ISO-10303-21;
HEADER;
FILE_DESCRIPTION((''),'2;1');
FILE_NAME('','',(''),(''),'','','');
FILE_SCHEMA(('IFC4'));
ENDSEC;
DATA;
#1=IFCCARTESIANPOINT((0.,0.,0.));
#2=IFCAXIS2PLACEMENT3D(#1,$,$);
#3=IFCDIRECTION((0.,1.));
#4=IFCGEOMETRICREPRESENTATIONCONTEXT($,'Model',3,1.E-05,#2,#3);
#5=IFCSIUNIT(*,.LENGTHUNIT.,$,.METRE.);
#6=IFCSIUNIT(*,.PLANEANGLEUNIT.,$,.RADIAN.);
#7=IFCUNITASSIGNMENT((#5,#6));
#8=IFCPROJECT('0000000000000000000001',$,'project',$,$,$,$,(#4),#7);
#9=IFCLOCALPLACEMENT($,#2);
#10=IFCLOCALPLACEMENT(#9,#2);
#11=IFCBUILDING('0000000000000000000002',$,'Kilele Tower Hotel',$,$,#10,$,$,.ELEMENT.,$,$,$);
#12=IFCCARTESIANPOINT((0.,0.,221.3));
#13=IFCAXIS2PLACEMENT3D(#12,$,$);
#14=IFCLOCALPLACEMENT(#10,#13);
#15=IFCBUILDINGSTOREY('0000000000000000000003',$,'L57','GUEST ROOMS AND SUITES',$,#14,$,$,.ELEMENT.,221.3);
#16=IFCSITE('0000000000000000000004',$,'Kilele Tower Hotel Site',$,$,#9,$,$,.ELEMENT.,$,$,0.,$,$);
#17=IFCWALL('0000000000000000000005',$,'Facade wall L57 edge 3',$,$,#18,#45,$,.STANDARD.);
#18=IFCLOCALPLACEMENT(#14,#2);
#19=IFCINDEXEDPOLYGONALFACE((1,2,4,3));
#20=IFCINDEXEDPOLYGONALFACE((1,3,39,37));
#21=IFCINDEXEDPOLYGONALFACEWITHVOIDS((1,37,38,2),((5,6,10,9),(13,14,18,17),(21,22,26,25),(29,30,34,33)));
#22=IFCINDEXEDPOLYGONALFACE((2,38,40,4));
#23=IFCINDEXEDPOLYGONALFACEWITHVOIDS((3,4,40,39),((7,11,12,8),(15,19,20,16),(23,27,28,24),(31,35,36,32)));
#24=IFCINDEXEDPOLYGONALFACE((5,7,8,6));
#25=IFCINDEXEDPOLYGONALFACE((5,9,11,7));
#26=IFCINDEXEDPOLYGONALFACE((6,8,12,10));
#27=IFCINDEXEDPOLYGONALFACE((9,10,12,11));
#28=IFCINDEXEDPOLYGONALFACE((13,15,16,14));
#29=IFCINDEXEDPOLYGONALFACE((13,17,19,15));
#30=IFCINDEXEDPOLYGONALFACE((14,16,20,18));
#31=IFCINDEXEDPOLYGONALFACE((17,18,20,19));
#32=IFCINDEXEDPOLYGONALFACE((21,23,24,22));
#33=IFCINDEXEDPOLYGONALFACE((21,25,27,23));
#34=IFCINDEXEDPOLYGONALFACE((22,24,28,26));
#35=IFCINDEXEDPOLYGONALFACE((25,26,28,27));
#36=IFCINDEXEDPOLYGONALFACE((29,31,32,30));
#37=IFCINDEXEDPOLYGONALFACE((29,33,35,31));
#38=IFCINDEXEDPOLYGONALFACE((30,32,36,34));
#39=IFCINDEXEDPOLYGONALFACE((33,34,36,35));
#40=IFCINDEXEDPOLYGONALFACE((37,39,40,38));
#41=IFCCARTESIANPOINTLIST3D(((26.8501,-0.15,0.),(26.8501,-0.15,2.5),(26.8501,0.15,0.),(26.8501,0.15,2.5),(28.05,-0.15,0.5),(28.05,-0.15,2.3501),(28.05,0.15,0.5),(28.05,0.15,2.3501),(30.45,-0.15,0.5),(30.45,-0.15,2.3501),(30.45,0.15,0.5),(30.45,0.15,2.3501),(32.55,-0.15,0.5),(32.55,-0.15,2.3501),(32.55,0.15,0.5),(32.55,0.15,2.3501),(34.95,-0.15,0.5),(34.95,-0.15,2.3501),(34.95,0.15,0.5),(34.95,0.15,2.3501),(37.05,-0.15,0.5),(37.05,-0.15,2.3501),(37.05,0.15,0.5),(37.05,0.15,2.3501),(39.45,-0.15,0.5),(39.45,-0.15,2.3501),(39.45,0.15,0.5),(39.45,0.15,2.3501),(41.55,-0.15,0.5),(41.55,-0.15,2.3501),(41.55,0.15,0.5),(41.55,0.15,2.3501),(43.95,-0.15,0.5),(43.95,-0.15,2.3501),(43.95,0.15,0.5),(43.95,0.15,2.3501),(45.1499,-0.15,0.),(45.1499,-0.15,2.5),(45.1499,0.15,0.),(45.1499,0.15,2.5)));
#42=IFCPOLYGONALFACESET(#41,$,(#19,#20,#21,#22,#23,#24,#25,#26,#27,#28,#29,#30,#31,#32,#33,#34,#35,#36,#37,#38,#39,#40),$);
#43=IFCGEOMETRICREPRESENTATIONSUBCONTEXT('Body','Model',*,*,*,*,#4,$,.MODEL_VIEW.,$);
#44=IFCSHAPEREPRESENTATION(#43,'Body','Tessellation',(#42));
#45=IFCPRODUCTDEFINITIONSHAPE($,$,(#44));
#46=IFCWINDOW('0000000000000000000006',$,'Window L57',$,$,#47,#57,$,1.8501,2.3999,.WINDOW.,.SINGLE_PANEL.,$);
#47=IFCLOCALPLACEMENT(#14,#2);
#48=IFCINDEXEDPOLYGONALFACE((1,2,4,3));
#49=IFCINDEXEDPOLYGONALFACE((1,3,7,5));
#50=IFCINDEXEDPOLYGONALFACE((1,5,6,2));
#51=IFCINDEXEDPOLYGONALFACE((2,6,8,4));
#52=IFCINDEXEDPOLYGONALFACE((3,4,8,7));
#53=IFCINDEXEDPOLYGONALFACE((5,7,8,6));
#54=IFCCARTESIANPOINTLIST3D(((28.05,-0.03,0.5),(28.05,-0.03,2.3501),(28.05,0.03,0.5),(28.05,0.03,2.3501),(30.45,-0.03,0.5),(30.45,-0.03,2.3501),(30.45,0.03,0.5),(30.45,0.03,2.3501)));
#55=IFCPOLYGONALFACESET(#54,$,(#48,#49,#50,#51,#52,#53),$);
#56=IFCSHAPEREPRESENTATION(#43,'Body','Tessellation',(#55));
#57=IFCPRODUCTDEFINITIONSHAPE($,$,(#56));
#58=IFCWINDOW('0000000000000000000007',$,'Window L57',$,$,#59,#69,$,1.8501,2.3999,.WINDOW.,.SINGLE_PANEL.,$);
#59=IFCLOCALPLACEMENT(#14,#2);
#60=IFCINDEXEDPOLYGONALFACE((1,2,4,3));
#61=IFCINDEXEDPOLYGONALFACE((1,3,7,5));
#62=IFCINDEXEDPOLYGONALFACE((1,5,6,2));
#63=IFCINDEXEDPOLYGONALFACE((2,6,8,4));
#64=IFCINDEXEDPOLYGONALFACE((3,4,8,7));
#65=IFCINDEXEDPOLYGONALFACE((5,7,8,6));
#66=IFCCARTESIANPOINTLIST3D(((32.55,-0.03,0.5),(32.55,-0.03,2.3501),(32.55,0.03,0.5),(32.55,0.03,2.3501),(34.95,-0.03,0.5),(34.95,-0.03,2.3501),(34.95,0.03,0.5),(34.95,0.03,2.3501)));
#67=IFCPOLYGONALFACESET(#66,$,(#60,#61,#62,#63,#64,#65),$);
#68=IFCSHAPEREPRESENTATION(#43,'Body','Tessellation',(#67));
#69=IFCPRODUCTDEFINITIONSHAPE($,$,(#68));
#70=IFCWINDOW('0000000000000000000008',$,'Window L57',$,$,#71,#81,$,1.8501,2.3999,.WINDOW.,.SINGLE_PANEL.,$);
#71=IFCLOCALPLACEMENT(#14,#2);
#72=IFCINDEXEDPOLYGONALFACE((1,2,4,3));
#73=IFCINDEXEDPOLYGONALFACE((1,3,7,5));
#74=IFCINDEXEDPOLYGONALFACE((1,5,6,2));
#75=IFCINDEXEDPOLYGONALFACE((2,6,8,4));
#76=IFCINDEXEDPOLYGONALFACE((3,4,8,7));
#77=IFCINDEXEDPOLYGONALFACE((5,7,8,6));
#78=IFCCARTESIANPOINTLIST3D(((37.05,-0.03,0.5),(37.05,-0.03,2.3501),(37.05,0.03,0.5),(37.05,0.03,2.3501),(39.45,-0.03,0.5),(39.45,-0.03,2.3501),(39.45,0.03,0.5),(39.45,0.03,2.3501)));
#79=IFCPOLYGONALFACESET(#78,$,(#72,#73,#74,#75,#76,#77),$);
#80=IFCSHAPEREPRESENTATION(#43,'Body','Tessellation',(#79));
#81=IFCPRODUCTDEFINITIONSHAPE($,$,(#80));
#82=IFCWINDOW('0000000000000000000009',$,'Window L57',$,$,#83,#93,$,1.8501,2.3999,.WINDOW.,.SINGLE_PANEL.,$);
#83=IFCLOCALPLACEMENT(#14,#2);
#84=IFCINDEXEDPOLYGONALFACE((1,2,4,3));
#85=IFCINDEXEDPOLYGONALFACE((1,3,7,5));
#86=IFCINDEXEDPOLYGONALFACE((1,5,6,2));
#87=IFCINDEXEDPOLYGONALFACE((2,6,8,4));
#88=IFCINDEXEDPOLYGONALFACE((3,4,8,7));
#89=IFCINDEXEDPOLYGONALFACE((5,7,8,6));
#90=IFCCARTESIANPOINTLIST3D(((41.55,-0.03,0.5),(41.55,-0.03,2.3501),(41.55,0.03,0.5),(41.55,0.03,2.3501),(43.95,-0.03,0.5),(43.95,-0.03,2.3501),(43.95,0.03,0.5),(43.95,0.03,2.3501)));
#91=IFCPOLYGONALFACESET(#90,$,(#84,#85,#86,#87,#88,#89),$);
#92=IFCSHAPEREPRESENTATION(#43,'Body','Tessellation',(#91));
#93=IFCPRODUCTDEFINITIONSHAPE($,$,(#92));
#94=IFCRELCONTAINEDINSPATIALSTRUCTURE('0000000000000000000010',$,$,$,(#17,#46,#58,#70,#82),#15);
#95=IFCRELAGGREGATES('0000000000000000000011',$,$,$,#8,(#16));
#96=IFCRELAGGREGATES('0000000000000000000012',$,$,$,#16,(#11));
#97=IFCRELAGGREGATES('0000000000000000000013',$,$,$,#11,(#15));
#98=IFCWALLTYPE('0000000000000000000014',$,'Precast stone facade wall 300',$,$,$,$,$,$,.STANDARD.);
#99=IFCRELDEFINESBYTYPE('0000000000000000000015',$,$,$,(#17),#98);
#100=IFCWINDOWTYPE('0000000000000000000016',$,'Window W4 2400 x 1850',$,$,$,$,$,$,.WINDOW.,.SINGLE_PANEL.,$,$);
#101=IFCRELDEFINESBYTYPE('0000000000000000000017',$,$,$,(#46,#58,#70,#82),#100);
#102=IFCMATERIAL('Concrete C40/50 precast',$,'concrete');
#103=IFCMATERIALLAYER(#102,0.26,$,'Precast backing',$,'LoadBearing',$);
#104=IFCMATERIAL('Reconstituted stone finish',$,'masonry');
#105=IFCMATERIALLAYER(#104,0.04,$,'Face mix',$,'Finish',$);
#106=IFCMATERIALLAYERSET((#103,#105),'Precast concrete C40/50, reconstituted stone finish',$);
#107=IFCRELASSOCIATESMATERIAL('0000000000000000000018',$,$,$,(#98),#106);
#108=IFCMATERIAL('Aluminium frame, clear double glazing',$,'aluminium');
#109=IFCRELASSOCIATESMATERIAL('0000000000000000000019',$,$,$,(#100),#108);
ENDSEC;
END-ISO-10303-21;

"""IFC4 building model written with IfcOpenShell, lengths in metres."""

from ifc_helpers import new_model, si_unit, direction, frame, frame_2d, origin, place, context, subcontext, project, spatial, rectangle, extrude, material, layer, layer_set, type_object, element, fill, save


model = new_model("IFC4")

# Units and contexts
model_context = context("Model", 3, precision=1e-05, world=origin(), true_north=direction((0.0, 1.0)))
body_context = subcontext(model_context, "Body", "Model", "MODEL_VIEW")
ifc_project = project(units=[si_unit("LENGTHUNIT", "METRE"), si_unit("PLANEANGLEUNIT", "RADIAN")], contexts=[model_context])

# Site, building, storey
site_placement = place(None, origin())
site = spatial("IfcSite", under=ifc_project, at=site_placement, Name="Kilele Tower Hotel Site", CompositionType="ELEMENT", RefElevation=0.0)
building_placement = place(site_placement, origin())
building = spatial("IfcBuilding", under=site, at=building_placement, Name="Kilele Tower Hotel", CompositionType="ELEMENT")
storey_placement = place(building_placement, frame((0.0, 0.0, 221.3)))
storey = spatial("IfcBuildingStorey", under=building, at=storey_placement, Name="L57", Description="GUEST ROOMS AND SUITES", CompositionType="ELEMENT", Elevation=221.3)

# Wall, openings, windows
ifc_material_1 = material(Name="Concrete C40/50 precast", Category="concrete")
ifc_layer_1 = layer(ifc_material_1, 0.26, Name="Precast backing", Category="LoadBearing")
ifc_material_2 = material(Name="Reconstituted stone finish", Category="masonry")
ifc_layer_2 = layer(ifc_material_2, 0.04, Name="Face mix", Category="Finish")
ifc_layer_set_1 = layer_set([ifc_layer_1, ifc_layer_2], Name="Precast concrete C40/50, reconstituted stone finish")
wall_type_1 = type_object("IfcWallType", Name="Precast stone facade wall 300", PredefinedType="STANDARD", material=ifc_layer_set_1)
wall_1_placement = place(storey_placement, frame((26.8501, 0.0, 0.0), z_axis=(0.0, 0.0, 1.0), x_axis=(1.0, 0.0, 0.0)))
wall_1 = element("IfcWall", 1, at=wall_1_placement, inside=storey, type_object=wall_type_1, Name="Facade wall L57 edge 3", PredefinedType="STANDARD", context=body_context, shape_type="SweptSolid", body=[
    extrude(rectangle(XDim=18.2998, YDim=0.3, at=frame_2d((9.1499, 0.0))), origin(), (0.0, 0.0, 1.0), 2.5),
])
opening_1_placement = place(wall_1_placement, frame((1.2, 0.0, 0.5)))
opening_1 = element("IfcOpeningElement", 2, at=opening_1_placement, cuts=wall_1, PredefinedType="OPENING", context=body_context, shape_type="SweptSolid", body=[
    extrude(rectangle(XDim=2.3999, YDim=1.8501, at=frame_2d((1.2, 0.925))), frame((0.0, 0.1599, 0.0), z_axis=(0.0, -1.0, 0.0), x_axis=(1.0, 0.0, 0.0)), (0.0, 0.0, 1.0), 0.3201),
])
opening_2_placement = place(wall_1_placement, frame((5.7, 0.0, 0.5)))
opening_2 = element("IfcOpeningElement", 3, at=opening_2_placement, cuts=wall_1, PredefinedType="OPENING", context=body_context, shape_type="SweptSolid", body=[
    extrude(rectangle(XDim=2.3999, YDim=1.8501, at=frame_2d((1.2, 0.925))), frame((0.0, 0.1599, 0.0), z_axis=(0.0, -1.0, 0.0), x_axis=(1.0, 0.0, 0.0)), (0.0, 0.0, 1.0), 0.3201),
])
opening_3_placement = place(wall_1_placement, frame((10.2, 0.0, 0.5)))
opening_3 = element("IfcOpeningElement", 4, at=opening_3_placement, cuts=wall_1, PredefinedType="OPENING", context=body_context, shape_type="SweptSolid", body=[
    extrude(rectangle(XDim=2.3999, YDim=1.8501, at=frame_2d((1.2, 0.925))), frame((0.0, 0.1599, 0.0), z_axis=(0.0, -1.0, 0.0), x_axis=(1.0, 0.0, 0.0)), (0.0, 0.0, 1.0), 0.3201),
])
opening_4_placement = place(wall_1_placement, frame((14.7, 0.0, 0.5)))
opening_4 = element("IfcOpeningElement", 5, at=opening_4_placement, cuts=wall_1, PredefinedType="OPENING", context=body_context, shape_type="SweptSolid", body=[
    extrude(rectangle(XDim=2.3999, YDim=1.8501, at=frame_2d((1.2, 0.925))), frame((0.0, 0.1599, 0.0), z_axis=(0.0, -1.0, 0.0), x_axis=(1.0, 0.0, 0.0)), (0.0, 0.0, 1.0), 0.3201),
])
ifc_material_3 = material(Name="Aluminium frame, clear double glazing", Category="aluminium")
window_type = type_object("IfcWindowType", Name="Window W4 2400 x 1850", PartitioningType="SINGLE_PANEL", PredefinedType="WINDOW", material=ifc_material_3)
window_1_placement = place(opening_1_placement, origin())
window_1 = element("IfcWindow", 6, at=window_1_placement, inside=storey, type_object=window_type, Name="Window L57", OverallHeight=1.8501, OverallWidth=2.3999, PartitioningType="SINGLE_PANEL", PredefinedType="WINDOW", context=body_context, shape_type="SweptSolid", body=[
    extrude(rectangle(XDim=2.3999, YDim=1.8501, at=frame_2d((1.2, 0.925))), frame((0.0, 0.03, 0.0), z_axis=(0.0, -1.0, 0.0), x_axis=(1.0, 0.0, 0.0)), (0.0, 0.0, 1.0), 0.0601),
])
fill(opening_1, window_1)
window_2_placement = place(opening_2_placement, origin())
window_2 = element("IfcWindow", 7, at=window_2_placement, inside=storey, type_object=window_type, Name="Window L57", OverallHeight=1.8501, OverallWidth=2.3999, PartitioningType="SINGLE_PANEL", PredefinedType="WINDOW", context=body_context, shape_type="SweptSolid", body=[
    extrude(rectangle(XDim=2.3999, YDim=1.8501, at=frame_2d((1.2, 0.925))), frame((0.0, 0.03, 0.0), z_axis=(0.0, -1.0, 0.0), x_axis=(1.0, 0.0, 0.0)), (0.0, 0.0, 1.0), 0.0601),
])
fill(opening_2, window_2)
window_3_placement = place(opening_3_placement, origin())
window_3 = element("IfcWindow", 8, at=window_3_placement, inside=storey, type_object=window_type, Name="Window L57", OverallHeight=1.8501, OverallWidth=2.3999, PartitioningType="SINGLE_PANEL", PredefinedType="WINDOW", context=body_context, shape_type="SweptSolid", body=[
    extrude(rectangle(XDim=2.3999, YDim=1.8501, at=frame_2d((1.2, 0.925))), frame((0.0, 0.03, 0.0), z_axis=(0.0, -1.0, 0.0), x_axis=(1.0, 0.0, 0.0)), (0.0, 0.0, 1.0), 0.0601),
])
fill(opening_3, window_3)
window_4_placement = place(opening_4_placement, origin())
window_4 = element("IfcWindow", 9, at=window_4_placement, inside=storey, type_object=window_type, Name="Window L57", OverallHeight=1.8501, OverallWidth=2.3999, PartitioningType="SINGLE_PANEL", PredefinedType="WINDOW", context=body_context, shape_type="SweptSolid", body=[
    extrude(rectangle(XDim=2.3999, YDim=1.8501, at=frame_2d((1.2, 0.925))), frame((0.0, 0.03, 0.0), z_axis=(0.0, -1.0, 0.0), x_axis=(1.0, 0.0, 0.0)), (0.0, 0.0, 1.0), 0.0601),
])
fill(opening_4, window_4)

save(model, "model.ifc")
